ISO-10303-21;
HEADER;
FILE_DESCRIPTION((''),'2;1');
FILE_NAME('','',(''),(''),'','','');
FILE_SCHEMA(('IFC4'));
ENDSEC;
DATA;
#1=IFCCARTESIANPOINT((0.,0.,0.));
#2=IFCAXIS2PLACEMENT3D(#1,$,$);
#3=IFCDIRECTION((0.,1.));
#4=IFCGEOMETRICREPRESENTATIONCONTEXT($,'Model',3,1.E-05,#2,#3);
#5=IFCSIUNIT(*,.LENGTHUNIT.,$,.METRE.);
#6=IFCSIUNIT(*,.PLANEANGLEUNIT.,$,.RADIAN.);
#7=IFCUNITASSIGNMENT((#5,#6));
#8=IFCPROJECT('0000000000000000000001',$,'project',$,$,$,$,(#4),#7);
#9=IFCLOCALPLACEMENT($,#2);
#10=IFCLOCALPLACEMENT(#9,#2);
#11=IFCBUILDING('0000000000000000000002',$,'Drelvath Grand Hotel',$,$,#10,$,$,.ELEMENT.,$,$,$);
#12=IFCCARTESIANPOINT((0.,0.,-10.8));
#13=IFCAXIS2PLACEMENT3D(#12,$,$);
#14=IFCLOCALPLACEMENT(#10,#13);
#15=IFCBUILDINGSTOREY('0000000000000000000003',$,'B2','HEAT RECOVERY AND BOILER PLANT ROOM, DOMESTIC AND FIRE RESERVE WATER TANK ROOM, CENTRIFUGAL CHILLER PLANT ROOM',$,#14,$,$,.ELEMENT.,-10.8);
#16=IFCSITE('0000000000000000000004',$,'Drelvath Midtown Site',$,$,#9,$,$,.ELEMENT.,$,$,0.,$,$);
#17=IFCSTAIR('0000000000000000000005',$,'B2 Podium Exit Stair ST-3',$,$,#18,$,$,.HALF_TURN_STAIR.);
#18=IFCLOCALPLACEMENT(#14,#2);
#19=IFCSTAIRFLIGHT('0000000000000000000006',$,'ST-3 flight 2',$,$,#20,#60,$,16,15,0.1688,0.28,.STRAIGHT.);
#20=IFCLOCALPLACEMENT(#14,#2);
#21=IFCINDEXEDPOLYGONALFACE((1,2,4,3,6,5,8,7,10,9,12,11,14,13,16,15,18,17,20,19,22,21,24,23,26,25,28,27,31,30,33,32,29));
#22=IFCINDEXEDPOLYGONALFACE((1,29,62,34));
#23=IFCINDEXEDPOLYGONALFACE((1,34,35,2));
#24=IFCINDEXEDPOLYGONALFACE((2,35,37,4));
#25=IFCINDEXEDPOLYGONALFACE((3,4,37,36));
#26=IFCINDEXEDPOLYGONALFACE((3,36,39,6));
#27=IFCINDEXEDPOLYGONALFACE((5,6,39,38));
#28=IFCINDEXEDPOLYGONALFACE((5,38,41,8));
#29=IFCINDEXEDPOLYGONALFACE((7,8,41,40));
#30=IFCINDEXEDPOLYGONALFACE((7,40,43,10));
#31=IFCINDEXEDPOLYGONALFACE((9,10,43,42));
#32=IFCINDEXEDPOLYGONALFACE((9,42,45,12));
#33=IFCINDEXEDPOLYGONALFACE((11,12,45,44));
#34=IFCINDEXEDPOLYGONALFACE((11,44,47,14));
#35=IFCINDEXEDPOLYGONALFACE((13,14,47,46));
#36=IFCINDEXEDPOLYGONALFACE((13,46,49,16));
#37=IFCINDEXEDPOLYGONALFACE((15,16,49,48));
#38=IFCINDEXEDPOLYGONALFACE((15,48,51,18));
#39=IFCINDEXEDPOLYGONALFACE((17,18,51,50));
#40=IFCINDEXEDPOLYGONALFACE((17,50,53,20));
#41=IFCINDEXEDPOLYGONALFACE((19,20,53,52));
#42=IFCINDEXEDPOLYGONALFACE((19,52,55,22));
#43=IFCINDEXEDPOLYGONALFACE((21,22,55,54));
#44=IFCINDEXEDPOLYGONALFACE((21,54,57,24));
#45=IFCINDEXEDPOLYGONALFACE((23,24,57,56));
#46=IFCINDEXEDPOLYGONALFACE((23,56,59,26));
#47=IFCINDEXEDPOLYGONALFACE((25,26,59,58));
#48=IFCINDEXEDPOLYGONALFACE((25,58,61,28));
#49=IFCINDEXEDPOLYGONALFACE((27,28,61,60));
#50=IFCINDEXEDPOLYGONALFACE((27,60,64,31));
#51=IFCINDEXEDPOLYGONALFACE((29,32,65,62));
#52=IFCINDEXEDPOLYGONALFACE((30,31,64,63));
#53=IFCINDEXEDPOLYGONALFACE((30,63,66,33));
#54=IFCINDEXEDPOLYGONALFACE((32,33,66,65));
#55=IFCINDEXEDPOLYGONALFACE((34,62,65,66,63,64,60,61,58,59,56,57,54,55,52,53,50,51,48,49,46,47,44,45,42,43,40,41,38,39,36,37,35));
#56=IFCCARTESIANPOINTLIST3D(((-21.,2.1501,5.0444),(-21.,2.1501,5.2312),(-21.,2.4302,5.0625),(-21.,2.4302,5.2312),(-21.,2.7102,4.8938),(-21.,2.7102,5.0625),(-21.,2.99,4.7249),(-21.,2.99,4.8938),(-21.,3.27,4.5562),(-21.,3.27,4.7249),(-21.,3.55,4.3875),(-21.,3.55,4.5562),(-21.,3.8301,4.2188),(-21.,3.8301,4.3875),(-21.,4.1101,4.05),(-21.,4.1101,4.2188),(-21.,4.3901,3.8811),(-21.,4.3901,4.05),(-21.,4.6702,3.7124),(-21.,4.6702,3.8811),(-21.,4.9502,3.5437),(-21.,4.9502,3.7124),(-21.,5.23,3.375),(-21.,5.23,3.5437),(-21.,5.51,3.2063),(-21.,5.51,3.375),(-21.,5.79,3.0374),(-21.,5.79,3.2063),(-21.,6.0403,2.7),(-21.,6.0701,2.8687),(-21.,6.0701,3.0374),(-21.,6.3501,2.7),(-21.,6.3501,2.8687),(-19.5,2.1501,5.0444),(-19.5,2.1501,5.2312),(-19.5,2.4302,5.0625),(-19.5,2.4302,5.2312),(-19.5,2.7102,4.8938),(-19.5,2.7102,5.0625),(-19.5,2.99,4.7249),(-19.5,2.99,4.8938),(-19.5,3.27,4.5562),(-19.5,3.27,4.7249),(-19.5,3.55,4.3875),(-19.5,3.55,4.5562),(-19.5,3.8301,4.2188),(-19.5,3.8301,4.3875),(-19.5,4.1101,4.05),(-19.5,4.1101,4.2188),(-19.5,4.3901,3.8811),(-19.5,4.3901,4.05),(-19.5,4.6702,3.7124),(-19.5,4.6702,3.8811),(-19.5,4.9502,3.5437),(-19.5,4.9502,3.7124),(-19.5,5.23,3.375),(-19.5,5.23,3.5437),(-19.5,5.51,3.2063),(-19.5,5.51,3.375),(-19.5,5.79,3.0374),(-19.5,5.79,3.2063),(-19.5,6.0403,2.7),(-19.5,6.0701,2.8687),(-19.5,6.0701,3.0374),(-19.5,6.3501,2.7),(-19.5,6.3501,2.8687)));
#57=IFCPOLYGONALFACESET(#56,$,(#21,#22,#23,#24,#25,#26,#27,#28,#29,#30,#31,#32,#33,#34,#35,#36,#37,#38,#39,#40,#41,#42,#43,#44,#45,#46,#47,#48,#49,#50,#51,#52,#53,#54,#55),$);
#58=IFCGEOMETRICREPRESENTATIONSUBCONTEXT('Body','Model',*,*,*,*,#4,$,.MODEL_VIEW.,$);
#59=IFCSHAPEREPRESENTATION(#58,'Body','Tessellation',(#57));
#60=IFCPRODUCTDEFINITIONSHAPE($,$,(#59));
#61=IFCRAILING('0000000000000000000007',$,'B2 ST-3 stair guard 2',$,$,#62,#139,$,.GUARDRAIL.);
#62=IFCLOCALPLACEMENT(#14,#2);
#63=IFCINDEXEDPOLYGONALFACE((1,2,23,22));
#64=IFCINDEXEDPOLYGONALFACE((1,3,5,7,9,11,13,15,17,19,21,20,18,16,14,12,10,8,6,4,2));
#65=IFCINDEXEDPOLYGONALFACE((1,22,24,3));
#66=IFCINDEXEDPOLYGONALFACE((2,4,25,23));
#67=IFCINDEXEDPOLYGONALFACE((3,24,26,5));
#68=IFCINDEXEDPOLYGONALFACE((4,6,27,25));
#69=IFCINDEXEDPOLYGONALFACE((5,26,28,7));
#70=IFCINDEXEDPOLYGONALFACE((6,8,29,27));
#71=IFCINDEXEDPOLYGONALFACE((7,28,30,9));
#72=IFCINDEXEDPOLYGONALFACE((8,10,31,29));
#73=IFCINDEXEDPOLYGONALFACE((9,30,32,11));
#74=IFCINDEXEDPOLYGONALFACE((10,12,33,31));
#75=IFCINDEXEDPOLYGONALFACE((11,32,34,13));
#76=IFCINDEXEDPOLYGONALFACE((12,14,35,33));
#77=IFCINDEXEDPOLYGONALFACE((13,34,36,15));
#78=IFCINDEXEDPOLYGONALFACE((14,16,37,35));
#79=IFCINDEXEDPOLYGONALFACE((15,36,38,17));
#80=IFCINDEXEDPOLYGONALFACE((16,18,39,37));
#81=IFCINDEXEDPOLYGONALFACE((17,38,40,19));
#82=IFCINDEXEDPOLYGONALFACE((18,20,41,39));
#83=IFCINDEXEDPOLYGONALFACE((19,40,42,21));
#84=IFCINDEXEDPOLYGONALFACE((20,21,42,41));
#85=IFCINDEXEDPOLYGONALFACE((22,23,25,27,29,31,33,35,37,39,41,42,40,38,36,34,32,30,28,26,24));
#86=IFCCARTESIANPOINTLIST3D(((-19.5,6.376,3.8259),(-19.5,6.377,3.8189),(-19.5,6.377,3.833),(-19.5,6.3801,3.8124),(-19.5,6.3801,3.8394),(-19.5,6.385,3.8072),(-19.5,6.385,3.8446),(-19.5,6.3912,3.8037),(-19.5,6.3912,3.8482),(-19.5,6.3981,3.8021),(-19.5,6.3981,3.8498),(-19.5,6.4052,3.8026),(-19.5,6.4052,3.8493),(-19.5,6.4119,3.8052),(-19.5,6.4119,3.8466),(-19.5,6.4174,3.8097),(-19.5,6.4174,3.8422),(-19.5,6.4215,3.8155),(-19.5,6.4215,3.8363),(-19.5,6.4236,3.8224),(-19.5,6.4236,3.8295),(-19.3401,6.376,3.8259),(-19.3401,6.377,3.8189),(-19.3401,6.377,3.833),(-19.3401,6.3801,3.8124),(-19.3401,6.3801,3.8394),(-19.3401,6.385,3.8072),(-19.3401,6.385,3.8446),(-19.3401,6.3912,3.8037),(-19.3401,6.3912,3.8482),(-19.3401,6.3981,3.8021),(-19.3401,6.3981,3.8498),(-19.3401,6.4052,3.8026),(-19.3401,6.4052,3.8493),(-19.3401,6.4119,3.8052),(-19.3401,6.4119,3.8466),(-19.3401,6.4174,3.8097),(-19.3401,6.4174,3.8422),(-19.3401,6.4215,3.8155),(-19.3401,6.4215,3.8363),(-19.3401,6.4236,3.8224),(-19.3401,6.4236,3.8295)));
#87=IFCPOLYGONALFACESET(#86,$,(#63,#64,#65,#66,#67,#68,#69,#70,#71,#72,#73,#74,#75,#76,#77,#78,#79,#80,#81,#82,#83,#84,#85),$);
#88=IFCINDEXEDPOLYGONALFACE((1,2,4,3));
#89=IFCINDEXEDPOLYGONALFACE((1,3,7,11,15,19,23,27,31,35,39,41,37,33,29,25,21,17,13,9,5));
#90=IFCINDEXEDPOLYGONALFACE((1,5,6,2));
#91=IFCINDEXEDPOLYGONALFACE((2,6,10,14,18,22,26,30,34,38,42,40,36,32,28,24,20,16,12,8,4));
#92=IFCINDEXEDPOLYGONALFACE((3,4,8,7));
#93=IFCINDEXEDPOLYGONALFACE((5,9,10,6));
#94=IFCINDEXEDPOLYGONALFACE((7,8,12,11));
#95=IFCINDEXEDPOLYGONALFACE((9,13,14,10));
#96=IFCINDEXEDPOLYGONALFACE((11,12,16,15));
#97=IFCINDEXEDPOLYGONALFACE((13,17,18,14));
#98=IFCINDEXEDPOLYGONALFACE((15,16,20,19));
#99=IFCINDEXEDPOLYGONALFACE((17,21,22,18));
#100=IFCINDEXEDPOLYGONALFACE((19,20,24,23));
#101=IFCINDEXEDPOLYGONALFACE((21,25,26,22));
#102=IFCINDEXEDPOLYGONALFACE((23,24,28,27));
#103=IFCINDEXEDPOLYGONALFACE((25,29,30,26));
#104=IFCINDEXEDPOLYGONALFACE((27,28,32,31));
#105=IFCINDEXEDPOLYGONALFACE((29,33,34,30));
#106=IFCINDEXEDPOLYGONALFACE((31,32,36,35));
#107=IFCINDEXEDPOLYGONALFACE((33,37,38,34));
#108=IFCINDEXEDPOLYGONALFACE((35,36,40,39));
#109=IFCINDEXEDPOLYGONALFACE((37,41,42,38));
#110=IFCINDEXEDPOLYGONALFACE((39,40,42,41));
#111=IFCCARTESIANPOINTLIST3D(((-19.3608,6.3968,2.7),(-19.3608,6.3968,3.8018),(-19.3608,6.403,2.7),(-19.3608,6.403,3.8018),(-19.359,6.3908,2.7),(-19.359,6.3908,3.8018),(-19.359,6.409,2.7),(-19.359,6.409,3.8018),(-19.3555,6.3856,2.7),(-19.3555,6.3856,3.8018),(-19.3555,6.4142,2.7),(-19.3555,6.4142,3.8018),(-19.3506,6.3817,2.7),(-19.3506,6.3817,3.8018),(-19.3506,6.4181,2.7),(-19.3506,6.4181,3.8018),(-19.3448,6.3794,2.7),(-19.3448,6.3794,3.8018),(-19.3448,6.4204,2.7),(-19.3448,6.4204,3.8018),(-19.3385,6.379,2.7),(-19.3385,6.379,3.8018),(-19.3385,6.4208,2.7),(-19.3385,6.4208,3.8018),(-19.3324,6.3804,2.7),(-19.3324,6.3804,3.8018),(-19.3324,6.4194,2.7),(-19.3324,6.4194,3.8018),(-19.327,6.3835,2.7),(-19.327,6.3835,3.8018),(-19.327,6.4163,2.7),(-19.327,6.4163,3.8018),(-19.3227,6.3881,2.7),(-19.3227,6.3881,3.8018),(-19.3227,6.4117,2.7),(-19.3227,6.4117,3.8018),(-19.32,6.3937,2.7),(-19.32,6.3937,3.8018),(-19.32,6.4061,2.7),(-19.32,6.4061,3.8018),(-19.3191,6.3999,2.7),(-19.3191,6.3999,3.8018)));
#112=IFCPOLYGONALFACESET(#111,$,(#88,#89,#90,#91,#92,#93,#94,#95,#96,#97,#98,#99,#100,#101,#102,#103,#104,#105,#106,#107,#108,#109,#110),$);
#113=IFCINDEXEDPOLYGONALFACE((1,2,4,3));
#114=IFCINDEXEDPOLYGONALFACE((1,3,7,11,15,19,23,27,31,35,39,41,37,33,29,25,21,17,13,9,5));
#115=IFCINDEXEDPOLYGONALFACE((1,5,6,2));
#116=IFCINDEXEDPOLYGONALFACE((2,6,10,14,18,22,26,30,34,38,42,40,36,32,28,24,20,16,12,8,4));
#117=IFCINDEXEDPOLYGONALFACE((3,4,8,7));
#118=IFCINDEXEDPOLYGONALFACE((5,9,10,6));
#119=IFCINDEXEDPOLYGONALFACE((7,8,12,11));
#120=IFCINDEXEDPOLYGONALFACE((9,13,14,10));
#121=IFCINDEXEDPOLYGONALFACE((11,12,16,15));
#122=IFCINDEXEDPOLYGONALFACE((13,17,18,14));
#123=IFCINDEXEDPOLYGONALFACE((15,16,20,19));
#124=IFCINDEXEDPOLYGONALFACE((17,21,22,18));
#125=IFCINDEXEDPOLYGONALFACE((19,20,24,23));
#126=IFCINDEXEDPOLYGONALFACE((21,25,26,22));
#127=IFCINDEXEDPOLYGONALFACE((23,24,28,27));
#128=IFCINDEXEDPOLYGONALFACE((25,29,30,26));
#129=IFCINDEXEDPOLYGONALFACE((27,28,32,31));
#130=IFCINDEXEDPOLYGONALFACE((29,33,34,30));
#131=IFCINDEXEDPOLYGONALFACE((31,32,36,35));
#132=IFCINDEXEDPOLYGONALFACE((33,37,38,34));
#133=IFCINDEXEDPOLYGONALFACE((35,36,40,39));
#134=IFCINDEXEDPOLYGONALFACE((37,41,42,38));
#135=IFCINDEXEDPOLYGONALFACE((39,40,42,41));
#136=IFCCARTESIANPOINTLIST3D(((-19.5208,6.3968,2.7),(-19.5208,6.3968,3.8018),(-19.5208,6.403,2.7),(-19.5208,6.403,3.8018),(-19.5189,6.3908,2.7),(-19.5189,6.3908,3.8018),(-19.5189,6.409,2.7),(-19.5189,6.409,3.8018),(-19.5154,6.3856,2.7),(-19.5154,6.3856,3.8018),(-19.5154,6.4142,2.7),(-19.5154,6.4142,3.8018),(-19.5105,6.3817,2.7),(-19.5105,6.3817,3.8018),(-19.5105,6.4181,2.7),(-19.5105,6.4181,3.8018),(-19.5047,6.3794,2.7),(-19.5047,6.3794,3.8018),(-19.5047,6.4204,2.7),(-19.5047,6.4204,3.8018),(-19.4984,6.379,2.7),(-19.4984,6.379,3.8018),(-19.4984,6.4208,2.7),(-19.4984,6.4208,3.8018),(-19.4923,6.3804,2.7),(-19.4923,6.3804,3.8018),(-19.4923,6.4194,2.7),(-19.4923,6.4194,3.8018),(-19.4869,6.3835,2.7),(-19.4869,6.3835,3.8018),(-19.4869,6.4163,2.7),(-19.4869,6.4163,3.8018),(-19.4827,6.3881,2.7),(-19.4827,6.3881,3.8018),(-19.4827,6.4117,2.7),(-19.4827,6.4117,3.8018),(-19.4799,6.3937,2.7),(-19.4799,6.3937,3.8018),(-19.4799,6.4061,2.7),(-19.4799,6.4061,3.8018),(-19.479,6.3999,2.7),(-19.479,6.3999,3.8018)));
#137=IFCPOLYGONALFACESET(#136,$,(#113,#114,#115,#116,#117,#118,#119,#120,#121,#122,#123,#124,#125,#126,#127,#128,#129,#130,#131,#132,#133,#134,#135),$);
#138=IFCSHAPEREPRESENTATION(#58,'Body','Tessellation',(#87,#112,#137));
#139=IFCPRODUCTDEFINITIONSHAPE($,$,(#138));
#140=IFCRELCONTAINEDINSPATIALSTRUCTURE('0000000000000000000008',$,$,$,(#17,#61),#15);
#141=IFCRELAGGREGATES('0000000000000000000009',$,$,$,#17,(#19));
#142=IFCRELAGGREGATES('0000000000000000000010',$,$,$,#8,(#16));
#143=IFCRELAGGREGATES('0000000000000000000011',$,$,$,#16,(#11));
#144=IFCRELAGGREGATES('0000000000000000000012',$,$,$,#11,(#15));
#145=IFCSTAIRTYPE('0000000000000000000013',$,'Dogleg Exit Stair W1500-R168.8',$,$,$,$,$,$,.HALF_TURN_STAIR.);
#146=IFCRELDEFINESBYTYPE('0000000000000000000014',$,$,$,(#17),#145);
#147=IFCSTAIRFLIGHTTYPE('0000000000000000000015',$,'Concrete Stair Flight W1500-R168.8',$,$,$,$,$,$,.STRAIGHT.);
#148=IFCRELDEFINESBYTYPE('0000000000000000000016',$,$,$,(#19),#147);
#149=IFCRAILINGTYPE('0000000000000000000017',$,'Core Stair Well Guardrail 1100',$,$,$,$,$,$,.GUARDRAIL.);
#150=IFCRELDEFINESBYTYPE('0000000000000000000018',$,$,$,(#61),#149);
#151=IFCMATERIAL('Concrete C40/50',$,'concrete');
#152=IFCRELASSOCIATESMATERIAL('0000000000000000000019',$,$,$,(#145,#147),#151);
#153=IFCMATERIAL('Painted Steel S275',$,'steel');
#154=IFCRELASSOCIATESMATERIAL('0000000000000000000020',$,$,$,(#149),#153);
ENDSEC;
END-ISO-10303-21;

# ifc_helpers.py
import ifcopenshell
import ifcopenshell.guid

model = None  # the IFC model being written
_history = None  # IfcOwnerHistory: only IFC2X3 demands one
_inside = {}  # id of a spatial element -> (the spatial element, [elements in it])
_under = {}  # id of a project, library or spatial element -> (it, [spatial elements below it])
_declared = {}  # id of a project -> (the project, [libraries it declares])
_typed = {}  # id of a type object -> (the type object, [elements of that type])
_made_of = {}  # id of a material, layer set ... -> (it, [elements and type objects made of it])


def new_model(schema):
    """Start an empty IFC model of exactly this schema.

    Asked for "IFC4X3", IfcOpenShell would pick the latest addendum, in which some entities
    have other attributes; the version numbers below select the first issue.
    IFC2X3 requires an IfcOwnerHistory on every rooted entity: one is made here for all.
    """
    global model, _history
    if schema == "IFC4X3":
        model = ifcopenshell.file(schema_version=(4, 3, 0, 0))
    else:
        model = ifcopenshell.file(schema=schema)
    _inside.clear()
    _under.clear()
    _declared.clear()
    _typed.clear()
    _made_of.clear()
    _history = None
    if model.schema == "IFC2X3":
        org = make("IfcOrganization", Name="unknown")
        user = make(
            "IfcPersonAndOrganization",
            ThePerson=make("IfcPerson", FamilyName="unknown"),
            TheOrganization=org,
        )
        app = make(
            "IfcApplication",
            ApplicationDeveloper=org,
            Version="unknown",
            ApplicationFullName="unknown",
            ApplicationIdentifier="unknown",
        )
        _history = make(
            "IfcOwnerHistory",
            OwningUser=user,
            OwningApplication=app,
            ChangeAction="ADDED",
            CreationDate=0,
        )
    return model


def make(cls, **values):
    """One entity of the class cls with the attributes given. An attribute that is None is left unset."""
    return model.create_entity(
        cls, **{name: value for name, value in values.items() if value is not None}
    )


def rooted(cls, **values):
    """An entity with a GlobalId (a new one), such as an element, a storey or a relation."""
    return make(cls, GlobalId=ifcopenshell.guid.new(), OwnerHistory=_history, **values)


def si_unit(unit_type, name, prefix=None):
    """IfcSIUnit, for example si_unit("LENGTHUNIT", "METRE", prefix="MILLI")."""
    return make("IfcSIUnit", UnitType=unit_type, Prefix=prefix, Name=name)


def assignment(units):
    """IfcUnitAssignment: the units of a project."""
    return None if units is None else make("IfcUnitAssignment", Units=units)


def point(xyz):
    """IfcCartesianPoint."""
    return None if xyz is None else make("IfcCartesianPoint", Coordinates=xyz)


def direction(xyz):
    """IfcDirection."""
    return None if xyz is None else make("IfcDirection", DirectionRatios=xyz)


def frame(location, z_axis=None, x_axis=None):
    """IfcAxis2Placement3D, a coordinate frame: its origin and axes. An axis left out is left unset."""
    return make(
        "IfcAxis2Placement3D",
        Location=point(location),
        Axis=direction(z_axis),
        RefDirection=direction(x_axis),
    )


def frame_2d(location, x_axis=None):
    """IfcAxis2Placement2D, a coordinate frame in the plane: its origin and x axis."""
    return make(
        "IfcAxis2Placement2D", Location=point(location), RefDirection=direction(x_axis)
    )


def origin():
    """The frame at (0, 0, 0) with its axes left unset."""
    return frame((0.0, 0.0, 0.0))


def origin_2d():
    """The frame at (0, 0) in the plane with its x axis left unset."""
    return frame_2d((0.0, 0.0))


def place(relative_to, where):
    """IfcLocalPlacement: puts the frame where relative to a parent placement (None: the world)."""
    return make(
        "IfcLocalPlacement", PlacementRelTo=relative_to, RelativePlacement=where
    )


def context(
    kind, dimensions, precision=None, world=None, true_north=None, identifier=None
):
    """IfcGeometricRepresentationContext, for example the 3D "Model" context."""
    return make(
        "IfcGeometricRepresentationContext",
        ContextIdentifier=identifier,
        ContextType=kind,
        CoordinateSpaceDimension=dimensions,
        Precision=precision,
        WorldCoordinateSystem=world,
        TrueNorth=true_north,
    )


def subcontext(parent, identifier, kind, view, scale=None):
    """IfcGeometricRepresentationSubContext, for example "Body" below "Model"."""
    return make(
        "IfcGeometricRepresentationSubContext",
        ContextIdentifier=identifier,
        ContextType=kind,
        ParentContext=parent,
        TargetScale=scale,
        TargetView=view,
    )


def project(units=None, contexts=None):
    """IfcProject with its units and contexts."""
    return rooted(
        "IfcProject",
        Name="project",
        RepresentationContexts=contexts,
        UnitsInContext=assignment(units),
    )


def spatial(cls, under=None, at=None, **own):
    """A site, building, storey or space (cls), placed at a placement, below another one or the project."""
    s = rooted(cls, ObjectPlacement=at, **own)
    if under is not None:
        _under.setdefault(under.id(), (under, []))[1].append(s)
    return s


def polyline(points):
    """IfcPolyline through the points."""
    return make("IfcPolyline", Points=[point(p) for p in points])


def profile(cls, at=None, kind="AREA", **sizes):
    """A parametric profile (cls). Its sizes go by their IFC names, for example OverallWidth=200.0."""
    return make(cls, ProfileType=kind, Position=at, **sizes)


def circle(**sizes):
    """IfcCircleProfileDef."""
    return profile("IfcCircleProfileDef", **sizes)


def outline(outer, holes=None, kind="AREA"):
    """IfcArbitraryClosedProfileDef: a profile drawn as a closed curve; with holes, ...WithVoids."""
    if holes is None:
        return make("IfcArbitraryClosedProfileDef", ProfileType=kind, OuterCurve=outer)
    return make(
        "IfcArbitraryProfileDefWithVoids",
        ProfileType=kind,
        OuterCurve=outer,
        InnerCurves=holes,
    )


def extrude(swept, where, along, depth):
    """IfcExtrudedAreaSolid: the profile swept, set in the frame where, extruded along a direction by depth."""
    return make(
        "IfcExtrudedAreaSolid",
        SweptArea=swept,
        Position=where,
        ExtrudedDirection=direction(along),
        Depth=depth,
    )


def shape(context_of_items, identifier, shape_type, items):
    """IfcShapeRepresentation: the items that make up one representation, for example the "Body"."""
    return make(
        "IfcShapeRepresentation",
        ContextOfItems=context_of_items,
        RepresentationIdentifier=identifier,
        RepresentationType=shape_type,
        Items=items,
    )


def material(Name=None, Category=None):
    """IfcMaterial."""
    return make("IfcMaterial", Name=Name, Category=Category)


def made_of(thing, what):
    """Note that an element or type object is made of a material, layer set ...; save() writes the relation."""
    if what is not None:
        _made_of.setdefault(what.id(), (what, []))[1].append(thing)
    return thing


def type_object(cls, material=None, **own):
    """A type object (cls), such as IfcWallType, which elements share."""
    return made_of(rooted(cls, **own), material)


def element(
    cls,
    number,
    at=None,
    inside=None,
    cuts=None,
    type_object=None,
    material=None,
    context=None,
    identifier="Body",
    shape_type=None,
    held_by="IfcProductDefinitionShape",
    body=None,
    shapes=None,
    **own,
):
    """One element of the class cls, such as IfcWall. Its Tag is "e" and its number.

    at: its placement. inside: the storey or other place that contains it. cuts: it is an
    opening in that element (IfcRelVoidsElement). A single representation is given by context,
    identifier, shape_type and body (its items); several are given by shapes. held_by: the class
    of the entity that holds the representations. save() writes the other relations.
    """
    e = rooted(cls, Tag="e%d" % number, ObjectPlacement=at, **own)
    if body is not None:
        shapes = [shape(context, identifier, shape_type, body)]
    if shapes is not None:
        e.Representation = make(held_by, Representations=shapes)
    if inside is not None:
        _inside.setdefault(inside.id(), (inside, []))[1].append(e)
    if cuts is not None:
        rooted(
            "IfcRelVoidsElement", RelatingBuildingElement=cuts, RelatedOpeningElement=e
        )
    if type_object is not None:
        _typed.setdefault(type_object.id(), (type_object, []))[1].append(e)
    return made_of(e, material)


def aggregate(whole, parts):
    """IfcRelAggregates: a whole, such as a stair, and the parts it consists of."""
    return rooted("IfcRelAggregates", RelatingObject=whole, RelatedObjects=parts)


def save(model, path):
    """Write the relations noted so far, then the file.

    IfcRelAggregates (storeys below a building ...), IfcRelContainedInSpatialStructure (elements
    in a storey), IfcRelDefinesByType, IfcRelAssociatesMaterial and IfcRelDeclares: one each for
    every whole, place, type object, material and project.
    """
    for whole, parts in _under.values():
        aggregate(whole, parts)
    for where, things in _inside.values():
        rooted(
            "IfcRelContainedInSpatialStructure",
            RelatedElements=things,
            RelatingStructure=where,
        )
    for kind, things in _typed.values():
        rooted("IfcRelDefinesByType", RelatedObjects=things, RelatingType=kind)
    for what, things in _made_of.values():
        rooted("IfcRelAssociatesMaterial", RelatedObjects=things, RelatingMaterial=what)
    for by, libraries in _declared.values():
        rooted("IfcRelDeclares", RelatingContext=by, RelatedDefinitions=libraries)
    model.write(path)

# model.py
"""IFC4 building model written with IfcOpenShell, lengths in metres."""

from ifc_helpers import new_model, si_unit, direction, frame, origin, origin_2d, place, context, subcontext, project, spatial, polyline, circle, outline, extrude, material, type_object, element, aggregate, save


model = new_model("IFC4")

# Units and contexts
model_context = context("Model", 3, precision=1e-05, world=origin(), true_north=direction((0.0, 1.0)))
body_context = subcontext(model_context, "Body", "Model", "MODEL_VIEW")
ifc_project = project(units=[si_unit("LENGTHUNIT", "METRE"), si_unit("PLANEANGLEUNIT", "RADIAN")], contexts=[model_context])

# Site, building, storey
site_placement = place(None, origin())
site = spatial("IfcSite", under=ifc_project, at=site_placement, Name="Drelvath Midtown Site", CompositionType="ELEMENT", RefElevation=0.0)
building_placement = place(site_placement, origin())
building = spatial("IfcBuilding", under=site, at=building_placement, Name="Drelvath Grand Hotel", CompositionType="ELEMENT")
storey_placement = place(building_placement, frame((0.0, 0.0, -10.8)))
storey = spatial("IfcBuildingStorey", under=building, at=storey_placement, Name="B2", Description="HEAT RECOVERY AND BOILER PLANT ROOM, DOMESTIC AND FIRE RESERVE WATER TANK ROOM, CENTRIFUGAL CHILLER PLANT ROOM", CompositionType="ELEMENT", Elevation=-10.8)

# Shared definitions
ifc_material_1 = material(Name="Concrete C40/50", Category="concrete")

# Shared definitions
ifc_material_2 = material(Name="Painted Steel S275", Category="steel")

# Stair, stair flight
stair_type = type_object("IfcStairType", Name="Dogleg Exit Stair W1500-R168.8", PredefinedType="HALF_TURN_STAIR", material=ifc_material_1)
stair_placement = place(storey_placement, origin())
stair = element("IfcStair", 1, at=stair_placement, inside=storey, type_object=stair_type, Name="B2 Podium Exit Stair ST-3", PredefinedType="HALF_TURN_STAIR")
stair_flight_type = type_object("IfcStairFlightType", Name="Concrete Stair Flight W1500-R168.8", PredefinedType="STRAIGHT", material=ifc_material_1)
stair_flight_placement = place(storey_placement, frame((-20.25, 6.3501, 2.7), z_axis=(0.0, 0.0, 1.0), x_axis=(0.0, -1.0, 0.0)))
stair_flight = element("IfcStairFlight", 2, at=stair_flight_placement, type_object=stair_flight_type, Name="ST-3 flight 2", NumberOfRisers=16, NumberOfTreads=15, PredefinedType="STRAIGHT", RiserHeight=0.1688, TreadLength=0.28, context=body_context, shape_type="SweptSolid", body=[
    extrude(outline(polyline([(0.0, 0.0), (0.0, 0.1687), (0.28, 0.1687), (0.28, 0.3374), (0.5601, 0.3374), (0.5601, 0.5063), (0.8401, 0.5063), (0.8401, 0.675), (1.1201, 0.675), (1.1201, 0.8438), (1.3999, 0.8438), (1.3999, 1.0125), (1.6799, 1.0125), (1.6799, 1.1812), (1.96, 1.1812), (1.96, 1.3501), (2.24, 1.3501), (2.24, 1.5188), (2.52, 1.5188), (2.52, 1.6875), (2.8, 1.6875), (2.8, 1.8562), (3.0801, 1.8562), (3.0801, 2.0249), (3.3601, 2.0249), (3.3601, 2.1938), (3.6399, 2.1938), (3.6399, 2.3625), (3.9199, 2.3625), (3.9199, 2.5312), (4.2, 2.5312), (4.2, 2.7), (4.2, 2.3445), (0.3098, 0.0), (0.0, 0.0)])), frame((0.0, 0.75, 0.0), z_axis=(0.0, -1.0, 0.0), x_axis=(1.0, 0.0, 0.0)), (0.0, 0.0, 1.0), 1.5),
])
aggregate(stair, [stair_flight])

# Railing
railing_type = type_object("IfcRailingType", Name="Core Stair Well Guardrail 1100", PredefinedType="GUARDRAIL", material=ifc_material_2)
railing_1_placement = place(storey_placement, frame((-19.3401, 6.3999, 2.7)))
element("IfcRailing", 3, at=railing_1_placement, inside=storey, type_object=railing_type, Name="B2 ST-3 stair guard 2", PredefinedType="GUARDRAIL", context=body_context, shape_type="SweptSolid", body=[
    extrude(circle(Radius=0.0239, at=origin_2d()), frame((0.0, 0.0, 1.126), z_axis=(-1.0, 0.0, 0.0), x_axis=(0.0, -1.0, 0.0)), (0.0, 0.0, 1.0), 0.1599),
    extrude(circle(Radius=0.021, at=origin_2d()), origin(), (0.0, 0.0, 1.0), 1.1018),
    extrude(circle(Radius=0.021, at=origin_2d()), frame((-0.1599, 0.0, 0.0)), (0.0, 0.0, 1.0), 1.1018),
])

save(model, "model.ifc")
